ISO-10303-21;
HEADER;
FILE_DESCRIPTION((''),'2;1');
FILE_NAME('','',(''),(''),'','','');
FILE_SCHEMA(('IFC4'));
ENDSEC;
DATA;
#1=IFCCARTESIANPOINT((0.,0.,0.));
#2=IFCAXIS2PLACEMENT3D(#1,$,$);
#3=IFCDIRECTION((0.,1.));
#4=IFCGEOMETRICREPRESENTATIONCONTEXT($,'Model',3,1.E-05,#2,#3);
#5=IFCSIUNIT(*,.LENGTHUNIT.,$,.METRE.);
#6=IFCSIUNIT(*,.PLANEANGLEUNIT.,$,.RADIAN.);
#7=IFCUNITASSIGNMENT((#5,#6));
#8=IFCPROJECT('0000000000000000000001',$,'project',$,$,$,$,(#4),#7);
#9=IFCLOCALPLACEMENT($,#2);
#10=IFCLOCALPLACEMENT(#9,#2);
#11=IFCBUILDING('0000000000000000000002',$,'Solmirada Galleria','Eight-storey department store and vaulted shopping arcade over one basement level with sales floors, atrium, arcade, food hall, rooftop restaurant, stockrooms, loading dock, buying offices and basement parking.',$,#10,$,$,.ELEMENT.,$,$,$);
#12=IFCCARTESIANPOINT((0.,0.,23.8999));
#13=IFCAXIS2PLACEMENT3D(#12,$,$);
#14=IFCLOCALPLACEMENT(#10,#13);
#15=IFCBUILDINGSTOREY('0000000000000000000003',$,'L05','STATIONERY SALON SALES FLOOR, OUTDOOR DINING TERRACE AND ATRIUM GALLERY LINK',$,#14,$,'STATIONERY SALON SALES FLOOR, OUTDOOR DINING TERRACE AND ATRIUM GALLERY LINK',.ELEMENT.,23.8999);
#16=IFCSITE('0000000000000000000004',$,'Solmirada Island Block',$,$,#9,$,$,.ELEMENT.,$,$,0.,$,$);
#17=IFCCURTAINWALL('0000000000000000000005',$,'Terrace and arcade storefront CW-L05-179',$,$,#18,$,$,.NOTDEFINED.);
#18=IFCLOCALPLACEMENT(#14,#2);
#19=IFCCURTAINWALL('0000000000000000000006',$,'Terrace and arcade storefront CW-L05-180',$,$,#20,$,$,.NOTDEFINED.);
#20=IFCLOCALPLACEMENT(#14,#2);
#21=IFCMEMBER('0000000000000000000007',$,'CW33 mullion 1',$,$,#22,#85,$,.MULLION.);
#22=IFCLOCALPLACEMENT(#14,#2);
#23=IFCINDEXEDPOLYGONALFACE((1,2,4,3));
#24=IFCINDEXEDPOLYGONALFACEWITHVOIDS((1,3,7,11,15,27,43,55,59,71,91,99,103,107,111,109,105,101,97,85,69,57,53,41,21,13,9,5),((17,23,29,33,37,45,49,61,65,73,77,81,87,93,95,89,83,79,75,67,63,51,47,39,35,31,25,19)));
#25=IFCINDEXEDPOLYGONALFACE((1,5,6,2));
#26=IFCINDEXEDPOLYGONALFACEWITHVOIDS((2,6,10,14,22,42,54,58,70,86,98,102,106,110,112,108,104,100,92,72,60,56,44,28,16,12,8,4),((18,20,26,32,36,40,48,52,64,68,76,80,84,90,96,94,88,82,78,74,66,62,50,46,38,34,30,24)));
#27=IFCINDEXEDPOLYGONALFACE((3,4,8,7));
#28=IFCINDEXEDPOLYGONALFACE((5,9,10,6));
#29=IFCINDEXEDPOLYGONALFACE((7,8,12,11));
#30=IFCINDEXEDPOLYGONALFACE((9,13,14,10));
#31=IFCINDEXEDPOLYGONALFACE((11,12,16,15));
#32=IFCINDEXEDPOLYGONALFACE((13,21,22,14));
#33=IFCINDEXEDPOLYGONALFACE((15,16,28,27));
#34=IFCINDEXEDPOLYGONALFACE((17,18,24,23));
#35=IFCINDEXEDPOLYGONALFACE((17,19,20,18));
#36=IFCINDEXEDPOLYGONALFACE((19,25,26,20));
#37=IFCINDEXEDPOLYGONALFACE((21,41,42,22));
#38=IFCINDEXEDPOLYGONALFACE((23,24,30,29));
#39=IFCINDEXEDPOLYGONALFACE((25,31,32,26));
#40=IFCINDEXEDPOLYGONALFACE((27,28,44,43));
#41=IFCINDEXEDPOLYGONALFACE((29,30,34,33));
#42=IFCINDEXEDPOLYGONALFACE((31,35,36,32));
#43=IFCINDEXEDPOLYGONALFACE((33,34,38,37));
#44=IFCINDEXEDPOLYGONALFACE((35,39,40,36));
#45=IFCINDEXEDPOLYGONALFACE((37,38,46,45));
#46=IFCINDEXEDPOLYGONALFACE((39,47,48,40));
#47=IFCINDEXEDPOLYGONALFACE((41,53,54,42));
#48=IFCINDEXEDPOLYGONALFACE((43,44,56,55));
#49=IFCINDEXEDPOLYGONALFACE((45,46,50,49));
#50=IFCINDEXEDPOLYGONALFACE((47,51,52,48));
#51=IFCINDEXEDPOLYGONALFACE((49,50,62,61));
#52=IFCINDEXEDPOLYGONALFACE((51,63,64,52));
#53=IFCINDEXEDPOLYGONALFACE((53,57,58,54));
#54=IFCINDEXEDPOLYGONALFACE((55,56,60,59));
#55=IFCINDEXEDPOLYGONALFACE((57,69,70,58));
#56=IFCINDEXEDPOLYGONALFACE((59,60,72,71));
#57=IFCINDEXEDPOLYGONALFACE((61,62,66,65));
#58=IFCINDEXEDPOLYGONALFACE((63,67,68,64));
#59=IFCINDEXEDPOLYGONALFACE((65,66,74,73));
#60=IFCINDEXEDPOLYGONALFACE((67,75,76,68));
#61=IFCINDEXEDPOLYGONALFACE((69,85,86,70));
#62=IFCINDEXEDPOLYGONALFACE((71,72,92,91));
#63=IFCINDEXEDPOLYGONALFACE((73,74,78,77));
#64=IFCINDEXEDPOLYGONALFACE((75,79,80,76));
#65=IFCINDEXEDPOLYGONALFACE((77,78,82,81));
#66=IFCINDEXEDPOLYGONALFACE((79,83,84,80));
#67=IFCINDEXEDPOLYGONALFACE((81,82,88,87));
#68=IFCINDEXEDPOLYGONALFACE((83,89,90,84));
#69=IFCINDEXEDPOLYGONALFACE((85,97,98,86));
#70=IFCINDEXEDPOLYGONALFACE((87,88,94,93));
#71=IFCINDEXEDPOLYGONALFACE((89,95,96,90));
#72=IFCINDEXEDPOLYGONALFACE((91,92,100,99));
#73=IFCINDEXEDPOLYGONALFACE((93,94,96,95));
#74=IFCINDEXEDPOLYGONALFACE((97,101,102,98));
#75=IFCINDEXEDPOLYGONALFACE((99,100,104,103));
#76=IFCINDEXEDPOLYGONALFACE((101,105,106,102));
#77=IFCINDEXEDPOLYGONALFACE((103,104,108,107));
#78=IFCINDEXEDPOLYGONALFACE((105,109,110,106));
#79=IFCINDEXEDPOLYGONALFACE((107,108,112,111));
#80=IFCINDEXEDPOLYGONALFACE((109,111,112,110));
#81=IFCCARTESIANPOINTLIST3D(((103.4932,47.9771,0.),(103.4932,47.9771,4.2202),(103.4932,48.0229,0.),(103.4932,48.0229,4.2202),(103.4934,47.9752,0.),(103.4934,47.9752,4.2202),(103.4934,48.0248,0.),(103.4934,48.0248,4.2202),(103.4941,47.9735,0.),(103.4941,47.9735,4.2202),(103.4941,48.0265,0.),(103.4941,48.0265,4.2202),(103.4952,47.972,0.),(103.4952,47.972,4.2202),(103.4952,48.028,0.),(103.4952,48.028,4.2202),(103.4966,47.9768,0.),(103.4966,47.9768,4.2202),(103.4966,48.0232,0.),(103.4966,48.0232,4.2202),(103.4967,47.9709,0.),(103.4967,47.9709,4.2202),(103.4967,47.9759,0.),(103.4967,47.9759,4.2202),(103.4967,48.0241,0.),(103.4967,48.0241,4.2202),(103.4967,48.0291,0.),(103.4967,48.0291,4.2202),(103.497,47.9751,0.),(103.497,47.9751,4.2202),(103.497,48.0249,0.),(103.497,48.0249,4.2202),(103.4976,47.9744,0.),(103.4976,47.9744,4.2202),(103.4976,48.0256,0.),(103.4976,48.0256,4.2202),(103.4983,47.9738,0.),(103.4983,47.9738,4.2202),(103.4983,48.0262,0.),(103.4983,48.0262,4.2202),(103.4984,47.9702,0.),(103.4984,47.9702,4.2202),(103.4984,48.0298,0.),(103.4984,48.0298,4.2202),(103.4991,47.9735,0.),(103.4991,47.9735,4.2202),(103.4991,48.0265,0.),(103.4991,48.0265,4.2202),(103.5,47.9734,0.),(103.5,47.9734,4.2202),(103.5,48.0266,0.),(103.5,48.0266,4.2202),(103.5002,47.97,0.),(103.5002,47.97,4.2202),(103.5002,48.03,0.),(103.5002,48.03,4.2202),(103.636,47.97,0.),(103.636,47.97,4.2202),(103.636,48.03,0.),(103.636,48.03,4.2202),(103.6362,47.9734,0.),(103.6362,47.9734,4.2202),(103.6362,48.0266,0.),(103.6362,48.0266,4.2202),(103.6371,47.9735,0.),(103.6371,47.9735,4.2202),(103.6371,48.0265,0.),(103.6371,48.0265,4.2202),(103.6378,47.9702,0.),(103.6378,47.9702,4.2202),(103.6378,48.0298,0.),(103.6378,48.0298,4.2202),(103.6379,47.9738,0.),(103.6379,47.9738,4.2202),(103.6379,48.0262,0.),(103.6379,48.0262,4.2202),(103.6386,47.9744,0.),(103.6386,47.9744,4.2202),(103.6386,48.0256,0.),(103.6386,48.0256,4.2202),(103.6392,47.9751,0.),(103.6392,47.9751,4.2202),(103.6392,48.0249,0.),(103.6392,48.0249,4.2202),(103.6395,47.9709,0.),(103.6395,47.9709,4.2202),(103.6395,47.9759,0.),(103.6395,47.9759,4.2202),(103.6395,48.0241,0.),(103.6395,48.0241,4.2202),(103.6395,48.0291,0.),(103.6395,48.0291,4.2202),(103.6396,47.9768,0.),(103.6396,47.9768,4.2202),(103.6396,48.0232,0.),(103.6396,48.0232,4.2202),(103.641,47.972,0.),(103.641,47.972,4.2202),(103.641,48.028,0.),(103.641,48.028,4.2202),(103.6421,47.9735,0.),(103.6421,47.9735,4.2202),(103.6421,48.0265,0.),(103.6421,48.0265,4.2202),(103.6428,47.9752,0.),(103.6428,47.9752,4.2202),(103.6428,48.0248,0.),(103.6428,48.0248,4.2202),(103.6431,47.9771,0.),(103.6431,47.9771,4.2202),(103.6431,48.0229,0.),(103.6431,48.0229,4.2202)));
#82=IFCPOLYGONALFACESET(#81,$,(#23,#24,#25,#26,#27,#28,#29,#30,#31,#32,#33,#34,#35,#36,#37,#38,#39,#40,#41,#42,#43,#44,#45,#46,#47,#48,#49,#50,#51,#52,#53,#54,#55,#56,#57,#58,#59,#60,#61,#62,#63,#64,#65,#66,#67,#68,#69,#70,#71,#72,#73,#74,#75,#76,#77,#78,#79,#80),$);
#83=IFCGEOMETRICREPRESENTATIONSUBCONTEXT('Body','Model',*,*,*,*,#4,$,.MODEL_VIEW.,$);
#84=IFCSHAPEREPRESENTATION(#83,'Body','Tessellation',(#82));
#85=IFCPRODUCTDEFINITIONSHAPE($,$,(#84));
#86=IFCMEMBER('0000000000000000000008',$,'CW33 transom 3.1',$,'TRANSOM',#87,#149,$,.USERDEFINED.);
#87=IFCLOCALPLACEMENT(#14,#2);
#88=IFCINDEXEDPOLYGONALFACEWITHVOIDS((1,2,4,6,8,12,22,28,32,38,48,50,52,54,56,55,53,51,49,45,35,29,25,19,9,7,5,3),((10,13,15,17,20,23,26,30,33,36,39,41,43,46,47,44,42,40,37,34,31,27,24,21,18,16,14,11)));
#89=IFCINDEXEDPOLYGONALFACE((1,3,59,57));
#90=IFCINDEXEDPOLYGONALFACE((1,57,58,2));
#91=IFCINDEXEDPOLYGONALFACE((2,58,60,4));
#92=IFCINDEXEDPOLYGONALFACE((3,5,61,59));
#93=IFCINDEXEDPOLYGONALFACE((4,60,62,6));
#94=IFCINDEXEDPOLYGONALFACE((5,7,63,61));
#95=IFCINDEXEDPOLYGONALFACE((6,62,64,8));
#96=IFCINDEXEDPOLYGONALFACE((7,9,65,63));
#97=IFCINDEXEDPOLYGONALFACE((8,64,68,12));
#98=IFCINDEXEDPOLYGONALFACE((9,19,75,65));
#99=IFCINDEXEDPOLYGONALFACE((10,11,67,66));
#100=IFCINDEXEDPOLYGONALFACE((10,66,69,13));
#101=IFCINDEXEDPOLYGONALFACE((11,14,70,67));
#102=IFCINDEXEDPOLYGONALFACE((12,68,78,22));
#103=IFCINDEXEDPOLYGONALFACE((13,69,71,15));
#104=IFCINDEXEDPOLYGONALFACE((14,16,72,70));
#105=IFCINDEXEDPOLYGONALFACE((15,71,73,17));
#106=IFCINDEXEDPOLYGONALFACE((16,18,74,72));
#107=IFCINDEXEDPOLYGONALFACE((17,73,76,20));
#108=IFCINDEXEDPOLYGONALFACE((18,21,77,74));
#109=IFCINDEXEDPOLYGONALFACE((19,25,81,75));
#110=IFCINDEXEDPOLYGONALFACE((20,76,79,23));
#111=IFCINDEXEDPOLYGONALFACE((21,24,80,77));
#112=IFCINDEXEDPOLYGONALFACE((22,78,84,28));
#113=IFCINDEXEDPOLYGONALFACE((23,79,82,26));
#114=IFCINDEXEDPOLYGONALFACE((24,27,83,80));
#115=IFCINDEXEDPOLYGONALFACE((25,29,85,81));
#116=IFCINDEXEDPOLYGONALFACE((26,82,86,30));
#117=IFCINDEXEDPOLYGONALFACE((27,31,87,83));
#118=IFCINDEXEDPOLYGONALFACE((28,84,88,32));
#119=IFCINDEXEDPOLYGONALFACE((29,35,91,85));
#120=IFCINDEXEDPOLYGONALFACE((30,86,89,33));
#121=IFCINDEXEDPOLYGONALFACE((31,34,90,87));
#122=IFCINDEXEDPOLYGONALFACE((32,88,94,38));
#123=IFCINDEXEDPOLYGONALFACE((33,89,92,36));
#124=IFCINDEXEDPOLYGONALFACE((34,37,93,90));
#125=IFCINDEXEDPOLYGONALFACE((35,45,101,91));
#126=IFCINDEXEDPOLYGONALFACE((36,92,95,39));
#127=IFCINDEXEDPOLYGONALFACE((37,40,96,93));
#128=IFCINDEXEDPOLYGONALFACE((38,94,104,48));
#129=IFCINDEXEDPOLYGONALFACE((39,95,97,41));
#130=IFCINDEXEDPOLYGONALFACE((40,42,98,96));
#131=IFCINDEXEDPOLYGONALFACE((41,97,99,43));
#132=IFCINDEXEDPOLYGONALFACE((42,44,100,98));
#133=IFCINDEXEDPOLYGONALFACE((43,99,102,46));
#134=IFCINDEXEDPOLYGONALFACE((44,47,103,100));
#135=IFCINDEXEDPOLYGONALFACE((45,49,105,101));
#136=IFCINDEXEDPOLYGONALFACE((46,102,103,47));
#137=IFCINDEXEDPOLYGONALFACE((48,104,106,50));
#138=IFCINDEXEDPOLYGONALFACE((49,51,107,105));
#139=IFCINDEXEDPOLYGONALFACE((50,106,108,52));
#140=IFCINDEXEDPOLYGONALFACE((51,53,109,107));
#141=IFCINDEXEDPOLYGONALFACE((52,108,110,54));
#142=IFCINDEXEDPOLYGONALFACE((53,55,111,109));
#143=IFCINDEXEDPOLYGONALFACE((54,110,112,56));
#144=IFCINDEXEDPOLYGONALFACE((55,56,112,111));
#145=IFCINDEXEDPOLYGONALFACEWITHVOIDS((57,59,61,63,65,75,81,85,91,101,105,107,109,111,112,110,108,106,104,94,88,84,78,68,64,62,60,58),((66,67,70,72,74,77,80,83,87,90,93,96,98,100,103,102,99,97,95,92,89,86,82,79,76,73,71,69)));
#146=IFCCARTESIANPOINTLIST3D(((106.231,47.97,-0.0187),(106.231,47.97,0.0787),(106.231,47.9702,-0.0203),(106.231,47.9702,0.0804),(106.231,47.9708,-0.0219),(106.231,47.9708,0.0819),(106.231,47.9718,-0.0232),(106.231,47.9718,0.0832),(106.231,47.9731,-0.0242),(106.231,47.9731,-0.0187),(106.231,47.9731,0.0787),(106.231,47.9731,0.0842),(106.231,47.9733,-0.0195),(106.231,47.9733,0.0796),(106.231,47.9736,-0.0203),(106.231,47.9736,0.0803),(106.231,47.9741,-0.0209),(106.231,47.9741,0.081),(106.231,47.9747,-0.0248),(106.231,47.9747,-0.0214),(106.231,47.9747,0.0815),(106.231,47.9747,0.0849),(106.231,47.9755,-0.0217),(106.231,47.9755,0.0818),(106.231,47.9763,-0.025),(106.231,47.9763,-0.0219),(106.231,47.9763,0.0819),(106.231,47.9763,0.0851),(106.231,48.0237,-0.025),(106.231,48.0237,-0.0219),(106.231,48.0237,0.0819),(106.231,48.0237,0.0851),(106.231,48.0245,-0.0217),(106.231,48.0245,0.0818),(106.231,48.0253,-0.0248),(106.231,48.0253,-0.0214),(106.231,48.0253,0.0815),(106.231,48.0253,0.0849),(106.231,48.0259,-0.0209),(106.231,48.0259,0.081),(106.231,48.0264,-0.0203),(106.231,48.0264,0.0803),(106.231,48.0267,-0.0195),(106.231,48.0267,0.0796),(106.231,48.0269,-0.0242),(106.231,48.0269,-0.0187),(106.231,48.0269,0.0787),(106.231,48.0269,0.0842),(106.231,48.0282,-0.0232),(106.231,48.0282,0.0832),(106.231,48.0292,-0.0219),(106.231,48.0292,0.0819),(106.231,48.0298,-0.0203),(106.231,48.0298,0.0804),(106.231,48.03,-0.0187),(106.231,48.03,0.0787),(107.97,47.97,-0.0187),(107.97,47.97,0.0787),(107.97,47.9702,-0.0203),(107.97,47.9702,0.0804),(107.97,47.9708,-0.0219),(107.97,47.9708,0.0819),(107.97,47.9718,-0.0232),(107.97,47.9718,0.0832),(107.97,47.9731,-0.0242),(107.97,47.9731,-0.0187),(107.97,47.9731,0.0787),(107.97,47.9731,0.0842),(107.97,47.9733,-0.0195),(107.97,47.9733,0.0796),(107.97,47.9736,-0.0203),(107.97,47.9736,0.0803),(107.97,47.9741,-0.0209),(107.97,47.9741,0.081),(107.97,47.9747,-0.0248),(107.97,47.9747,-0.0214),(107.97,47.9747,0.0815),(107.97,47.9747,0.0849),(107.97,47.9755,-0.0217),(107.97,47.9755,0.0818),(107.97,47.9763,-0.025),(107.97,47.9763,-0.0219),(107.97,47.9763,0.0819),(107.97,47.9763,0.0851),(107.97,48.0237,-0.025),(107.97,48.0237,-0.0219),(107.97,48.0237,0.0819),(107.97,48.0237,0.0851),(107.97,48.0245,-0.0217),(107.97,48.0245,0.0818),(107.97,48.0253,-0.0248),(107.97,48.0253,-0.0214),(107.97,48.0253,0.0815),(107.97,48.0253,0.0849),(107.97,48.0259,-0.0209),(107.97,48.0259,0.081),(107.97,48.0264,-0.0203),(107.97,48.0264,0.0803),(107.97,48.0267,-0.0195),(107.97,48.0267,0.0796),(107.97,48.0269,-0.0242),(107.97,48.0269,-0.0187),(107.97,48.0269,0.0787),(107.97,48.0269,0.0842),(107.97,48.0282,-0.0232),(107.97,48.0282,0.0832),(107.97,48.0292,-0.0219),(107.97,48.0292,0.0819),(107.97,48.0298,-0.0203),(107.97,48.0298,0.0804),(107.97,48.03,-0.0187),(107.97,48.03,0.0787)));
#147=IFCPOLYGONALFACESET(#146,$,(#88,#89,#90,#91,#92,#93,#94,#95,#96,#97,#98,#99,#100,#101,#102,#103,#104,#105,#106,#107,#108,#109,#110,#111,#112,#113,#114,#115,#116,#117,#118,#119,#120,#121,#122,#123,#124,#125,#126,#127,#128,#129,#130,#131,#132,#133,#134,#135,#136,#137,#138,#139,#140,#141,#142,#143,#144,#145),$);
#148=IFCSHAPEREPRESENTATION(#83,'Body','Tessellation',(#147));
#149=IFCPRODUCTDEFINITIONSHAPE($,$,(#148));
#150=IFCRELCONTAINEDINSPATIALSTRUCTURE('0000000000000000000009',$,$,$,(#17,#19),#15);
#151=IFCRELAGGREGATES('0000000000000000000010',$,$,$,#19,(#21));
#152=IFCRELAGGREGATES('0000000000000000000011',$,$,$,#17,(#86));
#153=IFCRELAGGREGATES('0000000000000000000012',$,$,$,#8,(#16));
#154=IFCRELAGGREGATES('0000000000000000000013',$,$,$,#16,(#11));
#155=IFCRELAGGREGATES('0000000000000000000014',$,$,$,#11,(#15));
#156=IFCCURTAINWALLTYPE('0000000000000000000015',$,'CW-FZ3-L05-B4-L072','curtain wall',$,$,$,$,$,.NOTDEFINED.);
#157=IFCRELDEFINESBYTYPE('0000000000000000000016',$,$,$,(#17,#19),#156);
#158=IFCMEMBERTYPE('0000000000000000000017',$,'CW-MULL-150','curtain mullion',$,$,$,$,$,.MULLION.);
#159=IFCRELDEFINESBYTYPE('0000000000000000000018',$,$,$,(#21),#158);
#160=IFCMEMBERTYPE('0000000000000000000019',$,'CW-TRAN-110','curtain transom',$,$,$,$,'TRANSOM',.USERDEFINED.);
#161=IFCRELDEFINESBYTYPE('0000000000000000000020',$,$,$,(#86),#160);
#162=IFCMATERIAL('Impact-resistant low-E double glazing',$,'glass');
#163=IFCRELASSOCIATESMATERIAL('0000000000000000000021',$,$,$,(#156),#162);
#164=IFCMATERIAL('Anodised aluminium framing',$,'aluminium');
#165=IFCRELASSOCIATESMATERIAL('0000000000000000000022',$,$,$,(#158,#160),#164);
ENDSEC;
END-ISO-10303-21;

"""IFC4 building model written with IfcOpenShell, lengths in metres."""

from ifc_helpers import new_model, si_unit, direction, frame, origin, origin_2d, place, context, subcontext, project, spatial, hollow_rectangle, extrude, material, material_profile, profile_set, type_object, element, aggregate, save


model = new_model("IFC4")

# Units and contexts
model_context = context("Model", 3, precision=1e-05, world=origin(), true_north=direction((0.0, 1.0)))
body_context = subcontext(model_context, "Body", "Model", "MODEL_VIEW")
ifc_project = project(units=[si_unit("LENGTHUNIT", "METRE"), si_unit("PLANEANGLEUNIT", "RADIAN")], contexts=[model_context])

# Site, building, storey
site_placement = place(None, origin())
site = spatial("IfcSite", under=ifc_project, at=site_placement, Name="Solmirada Island Block", CompositionType="ELEMENT", RefElevation=0.0)
building_placement = place(site_placement, origin())
building = spatial("IfcBuilding", under=site, at=building_placement, Name="Solmirada Galleria", Description="Eight-storey department store and vaulted shopping arcade over one basement level with sales floors, atrium, arcade, food hall, rooftop restaurant, stockrooms, loading dock, buying offices and basement parking.", CompositionType="ELEMENT")
storey_placement = place(building_placement, frame((0.0, 0.0, 23.8999)))
storey = spatial("IfcBuildingStorey", under=building, at=storey_placement, Name="L05", Description="STATIONERY SALON SALES FLOOR, OUTDOOR DINING TERRACE AND ATRIUM GALLERY LINK", LongName="STATIONERY SALON SALES FLOOR, OUTDOOR DINING TERRACE AND ATRIUM GALLERY LINK", CompositionType="ELEMENT", Elevation=23.8999)

# Curtain wall
ifc_material_1 = material(Name="Impact-resistant low-E double glazing", Category="glass")
curtain_wall_type = type_object("IfcCurtainWallType", Name="CW-FZ3-L05-B4-L072", Description="curtain wall", PredefinedType="NOTDEFINED", material=ifc_material_1)
curtain_wall_1_placement = place(storey_placement, origin())
curtain_wall_1 = element("IfcCurtainWall", 1, at=curtain_wall_1_placement, inside=storey, type_object=curtain_wall_type, Name="Terrace and arcade storefront CW-L05-179", PredefinedType="NOTDEFINED")
ifc_material_2 = material(Name="Anodised aluminium framing", Category="aluminium")
ifc_material_profile_1 = material_profile(ifc_material_2, hollow_rectangle(XDim=0.0601, YDim=0.1499, WallThickness=0.0034, InnerFilletRadius=0.0034, OuterFilletRadius=0.0071, at=origin_2d()), Name="ALU-MULL-150X60")
ifc_profile_set_1 = profile_set([ifc_material_profile_1], Name="Anodised aluminium framing")
member_type_1 = type_object("IfcMemberType", Name="CW-MULL-150", Description="curtain mullion", PredefinedType="MULLION", material=ifc_profile_set_1)

# Curtain wall, member
curtain_wall_2_placement = place(storey_placement, origin())
curtain_wall_2 = element("IfcCurtainWall", 2, at=curtain_wall_2_placement, inside=storey, type_object=curtain_wall_type, Name="Terrace and arcade storefront CW-L05-180", PredefinedType="NOTDEFINED")
member_1_placement = place(storey_placement, frame((103.5681, 48.0, 0.0), z_axis=(0.0, 0.0, 1.0), x_axis=(0.0, -1.0, 0.0)))
member_1 = element("IfcMember", 3, at=member_1_placement, type_object=member_type_1, Name="CW33 mullion 1", PredefinedType="MULLION", context=body_context, shape_type="SweptSolid", body=[
    extrude(hollow_rectangle(XDim=0.0601, YDim=0.1499, WallThickness=0.0034, InnerFilletRadius=0.0034, OuterFilletRadius=0.0071, at=origin_2d()), origin(), (0.0, 0.0, 1.0), 4.2202),
])
aggregate(curtain_wall_2, [member_1])

# Member
ifc_material_profile_2 = material_profile(ifc_material_2, hollow_rectangle(XDim=0.0601, YDim=0.1101, WallThickness=0.0032, InnerFilletRadius=0.0032, OuterFilletRadius=0.0063, at=origin_2d()), Name="ALU-TRAN-110X60")
ifc_profile_set_2 = profile_set([ifc_material_profile_2], Name="Anodised aluminium framing")
member_type_2 = type_object("IfcMemberType", Name="CW-TRAN-110", Description="curtain transom", ElementType="TRANSOM", PredefinedType="USERDEFINED", material=ifc_profile_set_2)
member_2_placement = place(storey_placement, frame((107.97, 48.0, 0.03), z_axis=(-1.0, 0.0, 0.0), x_axis=(0.0, -1.0, 0.0)))
member_2 = element("IfcMember", 4, at=member_2_placement, type_object=member_type_2, Name="CW33 transom 3.1", ObjectType="TRANSOM", PredefinedType="USERDEFINED", context=body_context, shape_type="SweptSolid", body=[
    extrude(hollow_rectangle(XDim=0.0601, YDim=0.1101, WallThickness=0.0032, InnerFilletRadius=0.0032, OuterFilletRadius=0.0063, at=origin_2d()), origin(), (0.0, 0.0, 1.0), 1.739),
])

aggregate(curtain_wall_1, [member_2])

save(model, "model.ifc")
